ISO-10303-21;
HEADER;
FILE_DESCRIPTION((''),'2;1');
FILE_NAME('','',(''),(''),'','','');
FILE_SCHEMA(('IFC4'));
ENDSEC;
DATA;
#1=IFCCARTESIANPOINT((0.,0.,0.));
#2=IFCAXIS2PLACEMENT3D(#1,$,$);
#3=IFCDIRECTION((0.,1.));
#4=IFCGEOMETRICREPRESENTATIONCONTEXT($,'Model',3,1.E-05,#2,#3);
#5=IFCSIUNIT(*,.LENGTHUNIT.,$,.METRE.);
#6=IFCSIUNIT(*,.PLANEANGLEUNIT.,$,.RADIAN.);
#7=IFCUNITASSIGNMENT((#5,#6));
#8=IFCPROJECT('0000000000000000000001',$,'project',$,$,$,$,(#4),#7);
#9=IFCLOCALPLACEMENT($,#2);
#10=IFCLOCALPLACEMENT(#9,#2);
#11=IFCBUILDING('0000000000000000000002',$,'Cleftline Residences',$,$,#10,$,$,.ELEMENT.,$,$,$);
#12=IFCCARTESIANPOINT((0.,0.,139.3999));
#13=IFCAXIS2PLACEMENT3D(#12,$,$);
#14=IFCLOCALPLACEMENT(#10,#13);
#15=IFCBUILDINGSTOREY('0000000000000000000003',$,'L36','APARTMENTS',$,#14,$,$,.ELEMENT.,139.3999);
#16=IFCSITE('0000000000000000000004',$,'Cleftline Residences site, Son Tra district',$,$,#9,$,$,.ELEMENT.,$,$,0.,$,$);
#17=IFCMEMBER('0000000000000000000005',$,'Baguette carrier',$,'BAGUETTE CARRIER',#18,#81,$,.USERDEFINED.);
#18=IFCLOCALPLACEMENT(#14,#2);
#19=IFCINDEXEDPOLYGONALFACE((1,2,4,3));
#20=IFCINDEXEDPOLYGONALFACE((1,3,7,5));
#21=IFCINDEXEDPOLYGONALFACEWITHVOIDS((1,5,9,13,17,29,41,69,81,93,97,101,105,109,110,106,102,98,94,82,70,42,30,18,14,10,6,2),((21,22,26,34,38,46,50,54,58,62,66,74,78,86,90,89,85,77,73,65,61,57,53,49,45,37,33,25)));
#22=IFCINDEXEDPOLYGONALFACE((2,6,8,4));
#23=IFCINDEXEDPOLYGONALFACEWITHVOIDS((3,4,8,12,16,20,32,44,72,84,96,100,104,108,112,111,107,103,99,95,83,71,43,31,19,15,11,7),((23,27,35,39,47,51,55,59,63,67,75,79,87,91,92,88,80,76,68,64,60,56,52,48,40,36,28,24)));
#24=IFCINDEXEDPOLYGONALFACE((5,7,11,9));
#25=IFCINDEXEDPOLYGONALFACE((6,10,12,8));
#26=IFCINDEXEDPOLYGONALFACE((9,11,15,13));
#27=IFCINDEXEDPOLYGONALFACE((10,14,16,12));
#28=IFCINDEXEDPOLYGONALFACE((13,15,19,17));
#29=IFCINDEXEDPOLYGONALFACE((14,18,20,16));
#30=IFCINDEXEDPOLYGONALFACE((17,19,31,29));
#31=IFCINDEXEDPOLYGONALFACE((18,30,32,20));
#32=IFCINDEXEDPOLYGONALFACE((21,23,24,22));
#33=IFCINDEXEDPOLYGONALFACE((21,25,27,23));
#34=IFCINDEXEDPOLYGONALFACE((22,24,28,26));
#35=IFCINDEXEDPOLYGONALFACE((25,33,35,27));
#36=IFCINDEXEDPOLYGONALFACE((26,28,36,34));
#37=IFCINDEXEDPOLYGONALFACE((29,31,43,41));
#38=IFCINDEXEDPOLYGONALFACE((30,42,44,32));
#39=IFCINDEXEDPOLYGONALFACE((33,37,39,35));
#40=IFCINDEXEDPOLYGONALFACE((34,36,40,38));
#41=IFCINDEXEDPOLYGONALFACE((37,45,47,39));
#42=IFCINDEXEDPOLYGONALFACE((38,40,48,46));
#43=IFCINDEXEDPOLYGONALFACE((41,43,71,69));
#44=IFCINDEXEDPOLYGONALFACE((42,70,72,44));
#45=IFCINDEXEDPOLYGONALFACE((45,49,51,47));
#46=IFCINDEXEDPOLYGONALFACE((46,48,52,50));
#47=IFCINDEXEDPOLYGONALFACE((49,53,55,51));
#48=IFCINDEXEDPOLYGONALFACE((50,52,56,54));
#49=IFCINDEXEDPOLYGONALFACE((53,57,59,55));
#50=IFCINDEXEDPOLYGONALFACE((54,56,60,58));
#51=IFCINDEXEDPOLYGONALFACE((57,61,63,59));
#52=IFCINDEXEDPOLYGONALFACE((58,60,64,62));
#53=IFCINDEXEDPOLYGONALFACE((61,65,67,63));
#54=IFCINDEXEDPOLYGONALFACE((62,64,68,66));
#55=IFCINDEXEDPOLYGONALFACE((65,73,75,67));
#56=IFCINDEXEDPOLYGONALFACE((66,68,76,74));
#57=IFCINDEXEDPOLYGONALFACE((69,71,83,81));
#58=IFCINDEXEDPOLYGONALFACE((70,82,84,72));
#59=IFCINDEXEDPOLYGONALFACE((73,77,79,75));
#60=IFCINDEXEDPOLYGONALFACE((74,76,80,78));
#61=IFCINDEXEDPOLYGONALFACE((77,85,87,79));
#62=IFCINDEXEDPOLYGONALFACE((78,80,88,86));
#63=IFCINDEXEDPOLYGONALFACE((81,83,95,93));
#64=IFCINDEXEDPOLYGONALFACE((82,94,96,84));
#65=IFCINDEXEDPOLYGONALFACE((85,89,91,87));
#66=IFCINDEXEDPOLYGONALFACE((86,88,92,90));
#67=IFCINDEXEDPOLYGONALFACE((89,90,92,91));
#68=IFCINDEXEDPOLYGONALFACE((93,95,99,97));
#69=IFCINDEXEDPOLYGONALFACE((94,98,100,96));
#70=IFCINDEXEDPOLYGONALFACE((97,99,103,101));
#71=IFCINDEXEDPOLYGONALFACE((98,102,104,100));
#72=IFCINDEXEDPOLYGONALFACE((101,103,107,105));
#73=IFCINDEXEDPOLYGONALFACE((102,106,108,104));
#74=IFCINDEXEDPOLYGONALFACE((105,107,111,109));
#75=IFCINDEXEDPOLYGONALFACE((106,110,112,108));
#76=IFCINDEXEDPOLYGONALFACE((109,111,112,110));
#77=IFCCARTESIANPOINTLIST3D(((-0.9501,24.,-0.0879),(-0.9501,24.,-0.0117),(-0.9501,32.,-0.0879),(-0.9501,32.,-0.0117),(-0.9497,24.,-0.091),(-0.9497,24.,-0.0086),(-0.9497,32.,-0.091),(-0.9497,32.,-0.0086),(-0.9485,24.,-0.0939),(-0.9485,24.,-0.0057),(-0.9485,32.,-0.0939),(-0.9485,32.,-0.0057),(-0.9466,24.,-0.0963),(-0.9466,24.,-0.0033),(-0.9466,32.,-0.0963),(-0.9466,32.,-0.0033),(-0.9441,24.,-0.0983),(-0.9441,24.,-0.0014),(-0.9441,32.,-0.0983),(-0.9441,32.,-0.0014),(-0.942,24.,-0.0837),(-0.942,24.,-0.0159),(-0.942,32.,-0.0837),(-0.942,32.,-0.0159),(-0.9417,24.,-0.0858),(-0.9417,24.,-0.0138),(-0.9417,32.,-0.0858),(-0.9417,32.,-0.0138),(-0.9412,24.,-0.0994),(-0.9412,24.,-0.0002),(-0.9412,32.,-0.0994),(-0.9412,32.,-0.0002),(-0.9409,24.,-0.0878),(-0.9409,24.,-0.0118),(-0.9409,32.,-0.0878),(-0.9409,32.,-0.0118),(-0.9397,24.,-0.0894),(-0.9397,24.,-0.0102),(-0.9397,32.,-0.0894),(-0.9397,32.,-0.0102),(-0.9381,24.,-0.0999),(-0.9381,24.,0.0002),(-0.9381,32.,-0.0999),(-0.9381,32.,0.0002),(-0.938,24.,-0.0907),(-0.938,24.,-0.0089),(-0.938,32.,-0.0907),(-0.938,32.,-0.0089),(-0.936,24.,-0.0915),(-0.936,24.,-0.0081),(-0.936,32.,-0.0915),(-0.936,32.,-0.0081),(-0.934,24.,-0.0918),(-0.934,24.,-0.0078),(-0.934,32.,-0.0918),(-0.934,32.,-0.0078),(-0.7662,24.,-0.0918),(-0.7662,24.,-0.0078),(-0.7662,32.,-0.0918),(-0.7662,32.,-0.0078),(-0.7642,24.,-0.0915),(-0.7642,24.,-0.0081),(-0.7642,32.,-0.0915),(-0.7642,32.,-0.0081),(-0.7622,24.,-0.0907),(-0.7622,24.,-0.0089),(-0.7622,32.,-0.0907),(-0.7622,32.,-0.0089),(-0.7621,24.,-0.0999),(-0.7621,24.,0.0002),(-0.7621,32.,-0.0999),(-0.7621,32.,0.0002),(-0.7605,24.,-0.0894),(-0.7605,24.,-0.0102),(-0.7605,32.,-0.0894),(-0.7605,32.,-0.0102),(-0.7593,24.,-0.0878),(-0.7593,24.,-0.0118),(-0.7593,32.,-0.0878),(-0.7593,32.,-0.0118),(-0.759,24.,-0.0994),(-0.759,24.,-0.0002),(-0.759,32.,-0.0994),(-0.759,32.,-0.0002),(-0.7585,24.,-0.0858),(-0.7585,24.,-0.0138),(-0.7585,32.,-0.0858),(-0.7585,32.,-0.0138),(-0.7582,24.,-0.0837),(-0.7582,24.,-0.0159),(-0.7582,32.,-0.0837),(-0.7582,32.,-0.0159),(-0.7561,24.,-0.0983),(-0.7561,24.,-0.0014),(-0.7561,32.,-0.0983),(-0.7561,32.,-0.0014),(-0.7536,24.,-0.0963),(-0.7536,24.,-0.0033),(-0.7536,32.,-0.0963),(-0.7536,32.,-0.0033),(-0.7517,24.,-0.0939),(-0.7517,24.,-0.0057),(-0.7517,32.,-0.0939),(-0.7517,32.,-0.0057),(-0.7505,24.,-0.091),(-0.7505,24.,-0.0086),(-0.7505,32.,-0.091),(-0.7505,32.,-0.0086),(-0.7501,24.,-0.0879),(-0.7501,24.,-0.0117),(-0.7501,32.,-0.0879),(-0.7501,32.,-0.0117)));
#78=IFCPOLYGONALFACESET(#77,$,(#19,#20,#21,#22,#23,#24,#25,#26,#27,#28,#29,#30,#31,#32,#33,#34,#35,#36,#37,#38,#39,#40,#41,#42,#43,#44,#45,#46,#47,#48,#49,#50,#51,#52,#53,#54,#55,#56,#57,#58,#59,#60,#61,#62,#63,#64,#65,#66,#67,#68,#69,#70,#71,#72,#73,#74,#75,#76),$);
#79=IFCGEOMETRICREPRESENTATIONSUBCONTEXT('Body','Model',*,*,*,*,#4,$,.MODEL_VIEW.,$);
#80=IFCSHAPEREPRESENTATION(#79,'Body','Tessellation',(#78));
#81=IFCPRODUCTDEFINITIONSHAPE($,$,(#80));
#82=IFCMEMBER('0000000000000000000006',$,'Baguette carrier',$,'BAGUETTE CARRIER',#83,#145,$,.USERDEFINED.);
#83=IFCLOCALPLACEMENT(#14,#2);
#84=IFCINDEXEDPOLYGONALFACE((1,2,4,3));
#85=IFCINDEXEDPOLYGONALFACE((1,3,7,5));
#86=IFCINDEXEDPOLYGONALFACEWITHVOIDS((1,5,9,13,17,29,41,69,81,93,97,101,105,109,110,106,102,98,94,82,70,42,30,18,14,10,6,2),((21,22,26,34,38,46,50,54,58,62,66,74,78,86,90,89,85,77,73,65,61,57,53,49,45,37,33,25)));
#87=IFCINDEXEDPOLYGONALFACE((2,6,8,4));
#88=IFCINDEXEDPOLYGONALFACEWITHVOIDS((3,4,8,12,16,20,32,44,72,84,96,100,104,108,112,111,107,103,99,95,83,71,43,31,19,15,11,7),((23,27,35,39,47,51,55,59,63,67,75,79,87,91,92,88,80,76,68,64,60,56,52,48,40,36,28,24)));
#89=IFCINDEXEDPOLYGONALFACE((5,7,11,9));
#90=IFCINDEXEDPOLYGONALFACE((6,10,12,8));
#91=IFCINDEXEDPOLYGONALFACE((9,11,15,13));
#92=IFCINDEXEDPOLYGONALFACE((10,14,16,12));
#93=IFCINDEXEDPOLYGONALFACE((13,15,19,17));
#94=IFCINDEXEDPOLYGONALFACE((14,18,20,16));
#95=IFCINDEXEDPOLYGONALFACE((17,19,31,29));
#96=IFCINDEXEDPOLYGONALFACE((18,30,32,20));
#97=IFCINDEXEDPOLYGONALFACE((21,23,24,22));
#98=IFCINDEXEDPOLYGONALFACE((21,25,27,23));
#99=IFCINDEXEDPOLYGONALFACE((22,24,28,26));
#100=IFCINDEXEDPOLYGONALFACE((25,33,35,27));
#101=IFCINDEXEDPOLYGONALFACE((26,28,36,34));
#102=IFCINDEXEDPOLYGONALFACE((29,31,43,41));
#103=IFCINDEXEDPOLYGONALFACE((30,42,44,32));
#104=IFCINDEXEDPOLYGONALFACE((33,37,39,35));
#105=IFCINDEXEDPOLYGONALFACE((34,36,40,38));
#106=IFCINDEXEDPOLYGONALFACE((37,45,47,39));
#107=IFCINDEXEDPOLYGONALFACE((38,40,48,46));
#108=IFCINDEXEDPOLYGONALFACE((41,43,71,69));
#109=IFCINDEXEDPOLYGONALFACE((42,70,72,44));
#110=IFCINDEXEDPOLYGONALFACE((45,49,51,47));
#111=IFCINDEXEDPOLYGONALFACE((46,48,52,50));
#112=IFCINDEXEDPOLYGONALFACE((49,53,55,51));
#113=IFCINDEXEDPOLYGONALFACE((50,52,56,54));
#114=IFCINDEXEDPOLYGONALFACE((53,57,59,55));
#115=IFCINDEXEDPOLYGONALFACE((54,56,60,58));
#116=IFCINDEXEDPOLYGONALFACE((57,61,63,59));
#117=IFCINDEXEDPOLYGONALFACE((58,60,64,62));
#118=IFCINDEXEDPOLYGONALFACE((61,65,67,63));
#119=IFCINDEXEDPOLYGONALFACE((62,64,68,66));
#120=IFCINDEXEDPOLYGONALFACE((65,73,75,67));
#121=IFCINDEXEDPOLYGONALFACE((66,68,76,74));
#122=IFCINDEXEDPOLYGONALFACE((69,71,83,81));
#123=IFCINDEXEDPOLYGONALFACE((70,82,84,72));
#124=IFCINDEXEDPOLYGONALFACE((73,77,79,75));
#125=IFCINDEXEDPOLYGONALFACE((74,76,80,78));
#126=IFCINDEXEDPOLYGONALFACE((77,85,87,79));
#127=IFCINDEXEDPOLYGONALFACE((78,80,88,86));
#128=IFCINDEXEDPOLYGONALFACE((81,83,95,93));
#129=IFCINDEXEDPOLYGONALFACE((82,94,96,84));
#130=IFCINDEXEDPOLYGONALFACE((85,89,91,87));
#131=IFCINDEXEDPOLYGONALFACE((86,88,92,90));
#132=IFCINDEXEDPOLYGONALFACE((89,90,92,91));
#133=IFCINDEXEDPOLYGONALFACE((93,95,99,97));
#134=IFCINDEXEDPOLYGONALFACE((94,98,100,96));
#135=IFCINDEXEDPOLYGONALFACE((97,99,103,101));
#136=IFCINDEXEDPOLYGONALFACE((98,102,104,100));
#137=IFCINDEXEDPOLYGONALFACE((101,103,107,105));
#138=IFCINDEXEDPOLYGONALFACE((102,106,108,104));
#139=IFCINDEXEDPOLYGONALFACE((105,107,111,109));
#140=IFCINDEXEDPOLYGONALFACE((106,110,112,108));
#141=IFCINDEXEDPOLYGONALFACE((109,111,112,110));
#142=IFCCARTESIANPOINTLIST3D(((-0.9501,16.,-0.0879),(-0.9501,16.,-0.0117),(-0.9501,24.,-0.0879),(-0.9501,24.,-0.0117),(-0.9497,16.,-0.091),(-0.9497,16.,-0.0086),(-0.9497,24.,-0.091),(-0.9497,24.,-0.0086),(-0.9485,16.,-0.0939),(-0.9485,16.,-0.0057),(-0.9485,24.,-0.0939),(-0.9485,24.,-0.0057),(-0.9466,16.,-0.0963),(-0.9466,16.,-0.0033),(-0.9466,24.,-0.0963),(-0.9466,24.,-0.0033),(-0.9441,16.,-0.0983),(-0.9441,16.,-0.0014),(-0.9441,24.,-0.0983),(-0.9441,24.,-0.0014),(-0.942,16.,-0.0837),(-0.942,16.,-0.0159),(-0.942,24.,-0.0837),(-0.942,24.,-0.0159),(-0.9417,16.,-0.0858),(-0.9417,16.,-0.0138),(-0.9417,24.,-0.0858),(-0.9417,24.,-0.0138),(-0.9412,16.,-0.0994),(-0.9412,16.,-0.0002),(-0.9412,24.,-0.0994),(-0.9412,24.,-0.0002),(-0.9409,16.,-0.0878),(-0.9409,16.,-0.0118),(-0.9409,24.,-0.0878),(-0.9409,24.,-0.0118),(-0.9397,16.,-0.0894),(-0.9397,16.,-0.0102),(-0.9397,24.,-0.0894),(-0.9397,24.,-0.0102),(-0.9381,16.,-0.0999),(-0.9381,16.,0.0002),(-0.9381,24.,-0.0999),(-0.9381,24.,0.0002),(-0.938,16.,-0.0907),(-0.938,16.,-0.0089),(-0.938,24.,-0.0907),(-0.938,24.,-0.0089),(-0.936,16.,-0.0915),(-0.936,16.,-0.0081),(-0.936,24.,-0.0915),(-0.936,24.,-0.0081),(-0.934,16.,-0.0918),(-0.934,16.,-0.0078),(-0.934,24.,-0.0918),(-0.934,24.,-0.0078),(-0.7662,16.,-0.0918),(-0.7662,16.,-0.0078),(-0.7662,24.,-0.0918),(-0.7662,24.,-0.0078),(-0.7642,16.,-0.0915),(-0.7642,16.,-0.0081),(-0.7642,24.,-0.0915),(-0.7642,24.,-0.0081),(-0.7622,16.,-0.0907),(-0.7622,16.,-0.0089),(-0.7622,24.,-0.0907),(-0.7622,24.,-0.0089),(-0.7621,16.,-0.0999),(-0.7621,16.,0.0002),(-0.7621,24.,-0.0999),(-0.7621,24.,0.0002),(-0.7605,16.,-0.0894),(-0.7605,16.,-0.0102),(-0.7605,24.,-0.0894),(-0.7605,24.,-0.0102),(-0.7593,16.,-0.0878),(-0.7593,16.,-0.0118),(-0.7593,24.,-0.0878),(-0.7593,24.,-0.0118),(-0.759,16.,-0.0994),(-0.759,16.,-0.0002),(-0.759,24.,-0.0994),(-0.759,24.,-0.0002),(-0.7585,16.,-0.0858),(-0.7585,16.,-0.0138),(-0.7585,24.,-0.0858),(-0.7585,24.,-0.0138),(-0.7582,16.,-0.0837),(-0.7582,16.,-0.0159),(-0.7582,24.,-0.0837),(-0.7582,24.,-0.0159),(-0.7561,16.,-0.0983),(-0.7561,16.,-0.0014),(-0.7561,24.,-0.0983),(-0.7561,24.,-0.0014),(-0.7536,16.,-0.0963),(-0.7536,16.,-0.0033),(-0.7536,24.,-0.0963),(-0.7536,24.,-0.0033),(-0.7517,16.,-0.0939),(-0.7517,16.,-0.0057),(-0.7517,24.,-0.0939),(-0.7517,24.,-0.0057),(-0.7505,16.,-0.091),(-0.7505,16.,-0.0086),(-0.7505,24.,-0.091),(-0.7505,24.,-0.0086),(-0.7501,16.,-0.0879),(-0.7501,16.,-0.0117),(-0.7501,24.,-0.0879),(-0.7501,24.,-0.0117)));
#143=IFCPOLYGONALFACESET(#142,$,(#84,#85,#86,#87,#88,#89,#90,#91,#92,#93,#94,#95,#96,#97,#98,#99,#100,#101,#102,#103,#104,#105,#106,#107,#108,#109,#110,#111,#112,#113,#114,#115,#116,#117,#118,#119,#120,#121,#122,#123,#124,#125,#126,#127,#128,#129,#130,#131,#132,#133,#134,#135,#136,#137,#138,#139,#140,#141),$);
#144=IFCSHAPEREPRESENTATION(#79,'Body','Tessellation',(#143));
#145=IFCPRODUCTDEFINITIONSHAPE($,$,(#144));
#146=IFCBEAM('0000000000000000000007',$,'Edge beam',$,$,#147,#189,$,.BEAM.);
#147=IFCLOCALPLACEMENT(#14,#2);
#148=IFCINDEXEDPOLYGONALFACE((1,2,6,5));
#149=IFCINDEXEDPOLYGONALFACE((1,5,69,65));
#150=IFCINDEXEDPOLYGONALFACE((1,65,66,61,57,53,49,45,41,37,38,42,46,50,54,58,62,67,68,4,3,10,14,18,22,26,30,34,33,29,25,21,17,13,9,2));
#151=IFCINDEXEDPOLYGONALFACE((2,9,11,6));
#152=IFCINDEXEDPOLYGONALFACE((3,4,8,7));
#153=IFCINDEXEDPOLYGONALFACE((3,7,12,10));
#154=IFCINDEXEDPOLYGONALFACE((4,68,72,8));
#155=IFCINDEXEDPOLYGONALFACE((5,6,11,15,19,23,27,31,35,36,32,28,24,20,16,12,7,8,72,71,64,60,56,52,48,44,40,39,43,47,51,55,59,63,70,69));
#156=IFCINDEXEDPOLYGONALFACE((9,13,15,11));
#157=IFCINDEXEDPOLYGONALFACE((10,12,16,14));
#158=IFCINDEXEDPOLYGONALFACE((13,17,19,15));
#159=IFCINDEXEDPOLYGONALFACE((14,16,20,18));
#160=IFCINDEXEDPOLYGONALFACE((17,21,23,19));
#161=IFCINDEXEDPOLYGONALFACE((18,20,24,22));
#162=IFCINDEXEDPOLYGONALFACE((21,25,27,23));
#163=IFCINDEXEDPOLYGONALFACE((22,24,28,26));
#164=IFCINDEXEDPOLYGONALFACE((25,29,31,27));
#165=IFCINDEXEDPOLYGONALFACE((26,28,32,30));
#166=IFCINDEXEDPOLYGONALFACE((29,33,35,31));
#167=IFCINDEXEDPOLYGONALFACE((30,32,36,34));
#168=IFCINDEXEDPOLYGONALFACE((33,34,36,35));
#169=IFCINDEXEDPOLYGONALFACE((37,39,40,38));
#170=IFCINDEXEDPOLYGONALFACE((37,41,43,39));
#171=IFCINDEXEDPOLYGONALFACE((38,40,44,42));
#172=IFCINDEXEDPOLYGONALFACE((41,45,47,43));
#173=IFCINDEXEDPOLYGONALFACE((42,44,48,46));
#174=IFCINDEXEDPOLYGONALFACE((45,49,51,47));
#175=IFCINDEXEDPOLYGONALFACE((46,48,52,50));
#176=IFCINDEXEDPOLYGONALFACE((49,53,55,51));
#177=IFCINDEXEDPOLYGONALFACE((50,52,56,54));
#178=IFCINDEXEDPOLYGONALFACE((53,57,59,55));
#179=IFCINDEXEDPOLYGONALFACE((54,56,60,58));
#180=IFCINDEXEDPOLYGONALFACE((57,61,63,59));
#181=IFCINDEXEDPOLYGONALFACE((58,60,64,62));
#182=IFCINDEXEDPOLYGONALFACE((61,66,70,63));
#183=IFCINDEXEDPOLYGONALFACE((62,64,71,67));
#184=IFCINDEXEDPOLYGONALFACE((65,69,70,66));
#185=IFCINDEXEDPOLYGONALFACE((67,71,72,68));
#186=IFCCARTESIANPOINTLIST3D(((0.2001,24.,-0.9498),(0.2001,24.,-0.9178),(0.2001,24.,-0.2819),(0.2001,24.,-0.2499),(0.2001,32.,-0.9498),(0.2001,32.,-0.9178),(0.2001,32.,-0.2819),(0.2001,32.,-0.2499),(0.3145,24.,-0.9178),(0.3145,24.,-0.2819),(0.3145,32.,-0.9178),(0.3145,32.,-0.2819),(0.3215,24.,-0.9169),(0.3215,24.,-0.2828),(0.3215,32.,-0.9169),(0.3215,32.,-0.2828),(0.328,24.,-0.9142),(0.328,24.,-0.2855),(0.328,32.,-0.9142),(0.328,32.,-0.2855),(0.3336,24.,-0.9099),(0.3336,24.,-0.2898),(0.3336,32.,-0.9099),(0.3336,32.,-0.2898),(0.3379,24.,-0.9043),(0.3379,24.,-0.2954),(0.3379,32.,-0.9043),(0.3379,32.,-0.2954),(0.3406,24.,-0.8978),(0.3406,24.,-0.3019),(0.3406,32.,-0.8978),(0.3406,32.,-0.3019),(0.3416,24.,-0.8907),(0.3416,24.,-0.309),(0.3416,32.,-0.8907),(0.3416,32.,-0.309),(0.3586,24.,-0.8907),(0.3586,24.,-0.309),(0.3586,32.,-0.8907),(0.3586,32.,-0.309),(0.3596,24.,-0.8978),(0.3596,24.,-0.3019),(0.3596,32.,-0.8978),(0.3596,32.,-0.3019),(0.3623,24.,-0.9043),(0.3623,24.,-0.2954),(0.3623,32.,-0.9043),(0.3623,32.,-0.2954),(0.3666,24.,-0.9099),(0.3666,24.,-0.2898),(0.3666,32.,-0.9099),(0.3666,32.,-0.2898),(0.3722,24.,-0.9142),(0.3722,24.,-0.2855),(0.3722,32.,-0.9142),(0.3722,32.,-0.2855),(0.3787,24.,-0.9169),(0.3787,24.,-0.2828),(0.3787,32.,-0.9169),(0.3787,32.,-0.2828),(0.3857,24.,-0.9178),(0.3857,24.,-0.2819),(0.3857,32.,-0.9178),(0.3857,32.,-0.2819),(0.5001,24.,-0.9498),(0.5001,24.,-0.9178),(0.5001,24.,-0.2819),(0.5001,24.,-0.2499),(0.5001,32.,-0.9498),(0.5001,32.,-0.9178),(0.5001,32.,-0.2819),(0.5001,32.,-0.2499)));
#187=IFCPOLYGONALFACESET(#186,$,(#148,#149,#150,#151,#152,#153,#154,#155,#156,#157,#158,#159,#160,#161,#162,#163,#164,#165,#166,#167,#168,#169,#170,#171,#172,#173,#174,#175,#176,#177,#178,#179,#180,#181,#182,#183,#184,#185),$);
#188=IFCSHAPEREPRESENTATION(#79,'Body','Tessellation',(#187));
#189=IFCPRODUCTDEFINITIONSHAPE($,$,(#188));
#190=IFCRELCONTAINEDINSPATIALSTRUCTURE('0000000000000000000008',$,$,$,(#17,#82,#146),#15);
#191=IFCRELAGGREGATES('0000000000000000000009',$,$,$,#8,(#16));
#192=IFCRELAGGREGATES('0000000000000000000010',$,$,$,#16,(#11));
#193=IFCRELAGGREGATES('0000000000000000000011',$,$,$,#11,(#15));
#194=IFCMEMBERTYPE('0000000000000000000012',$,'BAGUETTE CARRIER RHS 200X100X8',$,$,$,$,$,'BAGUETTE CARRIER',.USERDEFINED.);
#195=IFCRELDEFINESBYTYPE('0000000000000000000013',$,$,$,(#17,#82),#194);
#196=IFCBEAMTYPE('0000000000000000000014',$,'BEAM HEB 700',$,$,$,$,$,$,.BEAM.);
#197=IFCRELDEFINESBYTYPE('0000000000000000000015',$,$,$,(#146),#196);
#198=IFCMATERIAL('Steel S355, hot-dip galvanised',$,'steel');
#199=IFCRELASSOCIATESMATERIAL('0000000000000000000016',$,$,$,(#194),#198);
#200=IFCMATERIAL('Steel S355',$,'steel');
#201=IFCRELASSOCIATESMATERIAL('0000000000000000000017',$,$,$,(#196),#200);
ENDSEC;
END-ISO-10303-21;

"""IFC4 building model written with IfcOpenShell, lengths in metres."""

from ifc_helpers import new_model, si_unit, direction, frame, origin, origin_2d, place, context, subcontext, project, spatial, hollow_rectangle, i_section, extrude, material, material_profile, profile_set, type_object, element, save


model = new_model("IFC4")

# Units and contexts
model_context = context("Model", 3, precision=1e-05, world=origin(), true_north=direction((0.0, 1.0)))
body_context = subcontext(model_context, "Body", "Model", "MODEL_VIEW")
ifc_project = project(units=[si_unit("LENGTHUNIT", "METRE"), si_unit("PLANEANGLEUNIT", "RADIAN")], contexts=[model_context])

# Site, building, storey
site_placement = place(None, origin())
site = spatial("IfcSite", under=ifc_project, at=site_placement, Name="Cleftline Residences site, Son Tra district", CompositionType="ELEMENT", RefElevation=0.0)
building_placement = place(site_placement, origin())
building = spatial("IfcBuilding", under=site, at=building_placement, Name="Cleftline Residences", CompositionType="ELEMENT")
storey_placement = place(building_placement, frame((0.0, 0.0, 139.3999)))
storey = spatial("IfcBuildingStorey", under=building, at=storey_placement, Name="L36", Description="APARTMENTS", CompositionType="ELEMENT", Elevation=139.3999)

# Members
ifc_material_1 = material(Name="Steel S355, hot-dip galvanised", Category="steel")
ifc_material_profile_1 = material_profile(ifc_material_1, hollow_rectangle(XDim=0.1001, YDim=0.2, WallThickness=0.0081, InnerFilletRadius=0.0081, OuterFilletRadius=0.012, at=origin_2d()))
ifc_profile_set_1 = profile_set([ifc_material_profile_1], Name="Steel S355, hot-dip galvanised")
member_type_1 = type_object("IfcMemberType", Name="BAGUETTE CARRIER RHS 200X100X8", ElementType="BAGUETTE CARRIER", PredefinedType="USERDEFINED", material=ifc_profile_set_1)
for number, where, z_axis, x_axis, name in (
    (1, (-0.8501, 32.0, -0.0498), (0.0, -1.0, 0.0), (0.0, 0.0, 1.0), "Baguette carrier"),
    (2, (-0.8501, 24.0, -0.0498), (0.0, -1.0, 0.0), (0.0, 0.0, 1.0), "Baguette carrier"),
):
    element("IfcMember", number, at=place(storey_placement, frame(where, z_axis=z_axis, x_axis=x_axis)), inside=storey, type_object=member_type_1, Name=name, ObjectType="BAGUETTE CARRIER", PredefinedType="USERDEFINED", context=body_context, shape_type="SweptSolid", body=[
        extrude(hollow_rectangle(XDim=0.1001, YDim=0.2, WallThickness=0.0081, InnerFilletRadius=0.0081, OuterFilletRadius=0.012, at=origin_2d()), origin(), (0.0, 0.0, 1.0), 8.0),
    ])

# Beam
ifc_material_2 = material(Name="Steel S355", Category="steel")
ifc_material_profile_2 = material_profile(ifc_material_2, i_section(OverallWidth=0.3, OverallDepth=0.7, WebThickness=0.0171, FlangeThickness=0.032, FilletRadius=0.0271, at=origin_2d()))
ifc_profile_set_2 = profile_set([ifc_material_profile_2], Name="Steel S355")
beam_type_1 = type_object("IfcBeamType", Name="BEAM HEB 700", PredefinedType="BEAM", material=ifc_profile_set_2)
for number, where, z_axis, x_axis, name in (
    (3, (0.3501, 24.0, -0.5999), (0.0, 1.0, 0.0), (-1.0, 0.0, 0.0), "Edge beam"),
):
    element("IfcBeam", number, at=place(storey_placement, frame(where, z_axis=z_axis, x_axis=x_axis)), inside=storey, type_object=beam_type_1, Name=name, PredefinedType="BEAM", context=body_context, shape_type="SweptSolid", body=[
        extrude(i_section(OverallWidth=0.3, OverallDepth=0.7, WebThickness=0.0171, FlangeThickness=0.032, FilletRadius=0.0271, at=origin_2d()), origin(), (0.0, 0.0, 1.0), 8.0),
    ])

save(model, "model.ifc")
